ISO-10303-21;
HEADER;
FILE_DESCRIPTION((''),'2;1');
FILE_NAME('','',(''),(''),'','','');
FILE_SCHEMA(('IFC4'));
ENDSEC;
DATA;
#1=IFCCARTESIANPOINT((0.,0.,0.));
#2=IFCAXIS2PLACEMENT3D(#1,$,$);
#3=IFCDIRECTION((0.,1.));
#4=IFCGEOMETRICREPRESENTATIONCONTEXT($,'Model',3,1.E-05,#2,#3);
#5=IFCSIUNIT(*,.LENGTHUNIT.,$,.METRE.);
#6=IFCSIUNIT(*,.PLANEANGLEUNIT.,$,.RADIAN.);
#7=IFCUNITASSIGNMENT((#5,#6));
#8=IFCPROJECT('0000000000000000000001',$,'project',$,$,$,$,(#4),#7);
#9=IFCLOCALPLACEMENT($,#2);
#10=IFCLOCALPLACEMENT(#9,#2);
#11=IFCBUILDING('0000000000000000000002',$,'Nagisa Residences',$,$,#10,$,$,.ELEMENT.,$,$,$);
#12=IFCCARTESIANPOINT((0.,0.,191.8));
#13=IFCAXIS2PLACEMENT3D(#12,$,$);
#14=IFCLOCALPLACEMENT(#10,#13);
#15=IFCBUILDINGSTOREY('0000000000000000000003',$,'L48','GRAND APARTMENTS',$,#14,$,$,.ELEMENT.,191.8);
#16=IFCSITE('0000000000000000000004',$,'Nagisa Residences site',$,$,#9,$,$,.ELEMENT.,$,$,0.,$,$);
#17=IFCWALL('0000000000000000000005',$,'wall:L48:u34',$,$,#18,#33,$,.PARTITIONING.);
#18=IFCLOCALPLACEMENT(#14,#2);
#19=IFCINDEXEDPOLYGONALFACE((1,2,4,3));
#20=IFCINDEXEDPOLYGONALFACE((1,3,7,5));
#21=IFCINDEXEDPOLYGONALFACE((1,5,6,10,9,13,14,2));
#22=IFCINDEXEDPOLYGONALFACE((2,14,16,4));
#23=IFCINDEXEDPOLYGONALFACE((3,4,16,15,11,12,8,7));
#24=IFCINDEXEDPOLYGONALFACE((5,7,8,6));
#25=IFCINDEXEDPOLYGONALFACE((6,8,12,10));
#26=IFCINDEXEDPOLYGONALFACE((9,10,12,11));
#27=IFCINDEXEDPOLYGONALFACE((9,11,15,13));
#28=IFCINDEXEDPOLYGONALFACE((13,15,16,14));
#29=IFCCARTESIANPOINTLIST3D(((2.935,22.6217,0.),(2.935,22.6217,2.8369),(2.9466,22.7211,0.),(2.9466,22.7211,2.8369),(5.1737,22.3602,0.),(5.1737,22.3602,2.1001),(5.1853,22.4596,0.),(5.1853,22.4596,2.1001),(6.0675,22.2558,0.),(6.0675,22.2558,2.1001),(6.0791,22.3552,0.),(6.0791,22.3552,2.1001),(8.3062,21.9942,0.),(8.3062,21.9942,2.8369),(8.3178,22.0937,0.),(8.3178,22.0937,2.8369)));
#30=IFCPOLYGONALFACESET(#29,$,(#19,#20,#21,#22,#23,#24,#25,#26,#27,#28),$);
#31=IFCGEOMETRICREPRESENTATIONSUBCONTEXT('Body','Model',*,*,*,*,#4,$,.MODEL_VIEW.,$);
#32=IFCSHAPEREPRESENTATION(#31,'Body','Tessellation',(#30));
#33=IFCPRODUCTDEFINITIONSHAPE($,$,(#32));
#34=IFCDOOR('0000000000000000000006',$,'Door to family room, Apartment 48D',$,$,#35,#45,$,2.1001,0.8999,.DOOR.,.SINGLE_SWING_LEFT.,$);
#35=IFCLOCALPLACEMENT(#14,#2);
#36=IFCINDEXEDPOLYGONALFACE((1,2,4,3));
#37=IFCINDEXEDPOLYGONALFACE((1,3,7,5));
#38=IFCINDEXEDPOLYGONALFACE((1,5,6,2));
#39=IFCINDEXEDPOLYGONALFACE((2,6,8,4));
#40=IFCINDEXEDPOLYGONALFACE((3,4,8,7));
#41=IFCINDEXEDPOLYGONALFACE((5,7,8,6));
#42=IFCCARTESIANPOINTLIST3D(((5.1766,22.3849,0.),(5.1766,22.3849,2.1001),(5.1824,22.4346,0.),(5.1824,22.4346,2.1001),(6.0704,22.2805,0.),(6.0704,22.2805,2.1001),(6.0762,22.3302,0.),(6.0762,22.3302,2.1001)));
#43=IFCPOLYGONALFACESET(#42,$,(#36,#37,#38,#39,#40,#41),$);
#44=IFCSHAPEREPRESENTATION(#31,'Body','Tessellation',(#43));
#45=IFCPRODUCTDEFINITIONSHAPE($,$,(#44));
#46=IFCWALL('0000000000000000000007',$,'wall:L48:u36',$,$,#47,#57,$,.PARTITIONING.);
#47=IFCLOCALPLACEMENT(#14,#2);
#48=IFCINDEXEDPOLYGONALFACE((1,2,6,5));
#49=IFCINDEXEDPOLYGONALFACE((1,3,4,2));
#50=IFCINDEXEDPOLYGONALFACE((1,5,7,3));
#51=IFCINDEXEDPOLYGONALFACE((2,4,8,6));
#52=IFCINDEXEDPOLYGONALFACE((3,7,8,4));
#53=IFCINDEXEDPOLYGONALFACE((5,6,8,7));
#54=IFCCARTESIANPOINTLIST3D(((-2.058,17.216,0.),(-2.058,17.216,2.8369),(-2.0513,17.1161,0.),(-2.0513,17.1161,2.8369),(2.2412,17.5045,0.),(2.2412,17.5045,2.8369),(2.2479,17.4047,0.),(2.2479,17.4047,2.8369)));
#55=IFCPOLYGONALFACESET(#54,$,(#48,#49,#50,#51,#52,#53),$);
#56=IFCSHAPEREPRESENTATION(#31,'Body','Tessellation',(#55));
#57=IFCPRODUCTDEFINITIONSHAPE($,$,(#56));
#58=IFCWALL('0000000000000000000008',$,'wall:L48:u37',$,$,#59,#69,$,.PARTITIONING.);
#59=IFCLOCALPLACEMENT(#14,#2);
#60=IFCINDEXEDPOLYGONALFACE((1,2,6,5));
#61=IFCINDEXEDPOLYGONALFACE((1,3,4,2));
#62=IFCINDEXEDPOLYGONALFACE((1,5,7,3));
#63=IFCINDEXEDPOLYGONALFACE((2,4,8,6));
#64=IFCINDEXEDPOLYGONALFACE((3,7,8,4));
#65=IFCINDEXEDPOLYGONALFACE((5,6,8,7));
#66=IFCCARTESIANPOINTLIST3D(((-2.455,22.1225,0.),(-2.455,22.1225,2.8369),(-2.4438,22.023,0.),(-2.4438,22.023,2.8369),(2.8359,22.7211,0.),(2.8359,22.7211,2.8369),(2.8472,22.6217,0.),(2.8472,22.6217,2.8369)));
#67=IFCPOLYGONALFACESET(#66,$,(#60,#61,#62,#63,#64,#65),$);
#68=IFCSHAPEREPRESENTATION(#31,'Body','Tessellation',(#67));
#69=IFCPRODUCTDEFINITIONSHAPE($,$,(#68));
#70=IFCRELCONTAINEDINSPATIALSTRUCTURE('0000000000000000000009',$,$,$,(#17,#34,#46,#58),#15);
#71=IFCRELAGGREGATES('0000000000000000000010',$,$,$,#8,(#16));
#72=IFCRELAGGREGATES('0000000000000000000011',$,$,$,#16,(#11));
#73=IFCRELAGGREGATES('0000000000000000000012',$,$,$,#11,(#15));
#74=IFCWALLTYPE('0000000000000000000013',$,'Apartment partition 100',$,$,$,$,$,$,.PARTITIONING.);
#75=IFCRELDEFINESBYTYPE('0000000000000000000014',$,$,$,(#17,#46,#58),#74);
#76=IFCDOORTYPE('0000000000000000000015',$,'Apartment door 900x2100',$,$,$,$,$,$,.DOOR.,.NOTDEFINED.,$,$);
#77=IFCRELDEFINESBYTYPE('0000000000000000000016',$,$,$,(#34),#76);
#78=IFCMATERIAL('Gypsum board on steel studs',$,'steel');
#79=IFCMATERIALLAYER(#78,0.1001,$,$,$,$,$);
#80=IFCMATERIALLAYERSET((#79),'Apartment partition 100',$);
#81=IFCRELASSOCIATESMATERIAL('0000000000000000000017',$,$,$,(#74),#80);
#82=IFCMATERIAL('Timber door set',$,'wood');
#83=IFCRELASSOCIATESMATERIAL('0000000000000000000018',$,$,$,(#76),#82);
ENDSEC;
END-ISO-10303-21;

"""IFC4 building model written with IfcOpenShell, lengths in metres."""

from ifc_helpers import new_model, si_unit, direction, frame, frame_2d, origin, place, context, subcontext, project, spatial, rectangle, extrude, material, layer, layer_set, type_object, element, fill, save


model = new_model("IFC4")

# Units and contexts
model_context = context("Model", 3, precision=1e-05, world=origin(), true_north=direction((0.0, 1.0)))
body_context = subcontext(model_context, "Body", "Model", "MODEL_VIEW")
ifc_project = project(units=[si_unit("LENGTHUNIT", "METRE"), si_unit("PLANEANGLEUNIT", "RADIAN")], contexts=[model_context])

# Site, building, storey
site_placement = place(None, origin())
site = spatial("IfcSite", under=ifc_project, at=site_placement, Name="Nagisa Residences site", CompositionType="ELEMENT", RefElevation=0.0)
building_placement = place(site_placement, origin())
building = spatial("IfcBuilding", under=site, at=building_placement, Name="Nagisa Residences", CompositionType="ELEMENT")
storey_placement = place(building_placement, frame((0.0, 0.0, 191.8)))
storey = spatial("IfcBuildingStorey", under=building, at=storey_placement, Name="L48", Description="GRAND APARTMENTS", CompositionType="ELEMENT", Elevation=191.8)

# Shared definitions
ifc_material_1 = material(Name="Gypsum board on steel studs", Category="steel")
ifc_layer_1 = layer(ifc_material_1, 0.1001)
ifc_layer_set_1 = layer_set([ifc_layer_1], Name="Apartment partition 100")
wall_type_1 = type_object("IfcWallType", Name="Apartment partition 100", PredefinedType="PARTITIONING", material=ifc_layer_set_1)

# Shared definitions
ifc_material_2 = material(Name="Timber door set", Category="wood")
door_type_1 = type_object("IfcDoorType", Name="Apartment door 900x2100", OperationType="NOTDEFINED", PredefinedType="DOOR", material=ifc_material_2)

# Wall, opening, door
wall_1_placement = place(storey_placement, frame((8.312, 22.0439, 0.0), z_axis=(0.0, 0.0, 1.0), x_axis=(-0.993246, 0.116029, 0.0)))
wall_1 = element("IfcWall", 1, at=wall_1_placement, inside=storey, type_object=wall_type_1, Name="wall:L48:u34", PredefinedType="PARTITIONING", context=body_context, shape_type="SweptSolid", body=[
    extrude(rectangle(XDim=5.4077, YDim=0.1001, at=frame_2d((2.7039, 0.0))), origin(), (0.0, 0.0, 1.0), 2.8369),
])
opening_1_placement = place(wall_1_placement, frame((2.2539, 0.0, 0.0)))
opening_1 = element("IfcOpeningElement", 2, at=opening_1_placement, cuts=wall_1, PredefinedType="OPENING", context=body_context, shape_type="SweptSolid", body=[
    extrude(rectangle(XDim=0.8999, YDim=2.1001, at=frame_2d((0.45, 1.05))), frame((0.0, 0.0601, 0.0), z_axis=(0.0, -1.0, 0.0), x_axis=(1.0, 0.0, 0.0)), (0.0, 0.0, 1.0), 0.1201),
])
door_1_placement = place(opening_1_placement, frame((0.8999, 0.0, 0.0), x_axis=(-1.0, 0.0, 0.0)))
door_1 = element("IfcDoor", 3, at=door_1_placement, inside=storey, type_object=door_type_1, Name="Door to family room, Apartment 48D", OperationType="SINGLE_SWING_LEFT", OverallHeight=2.1001, OverallWidth=0.8999, PredefinedType="DOOR", context=body_context, shape_type="SweptSolid", body=[
    extrude(rectangle(XDim=0.8999, YDim=2.1001, at=frame_2d((0.45, 1.05))), frame((0.0, 0.0249, 0.0), z_axis=(0.0, -1.0, 0.0), x_axis=(1.0, 0.0, 0.0)), (0.0, 0.0, 1.0), 0.05),
])
fill(opening_1, door_1)

# Walls
wall_2_placement = place(storey_placement, frame((2.2444, 17.4546, 0.0), z_axis=(0.0, 0.0, 1.0), x_axis=(-0.997755, -0.066974, 0.0)))
element("IfcWall", 4, at=wall_2_placement, inside=storey, type_object=wall_type_1, Name="wall:L48:u36", PredefinedType="PARTITIONING", context=body_context, shape_type="SweptSolid", body=[
    extrude(rectangle(XDim=4.3088, YDim=0.1001, at=frame_2d((2.1543, 0.0))), origin(), (0.0, 0.0, 1.0), 2.8369),
])
wall_3_placement = place(storey_placement, frame((2.8416, 22.6714, 0.0), z_axis=(0.0, 0.0, 1.0), x_axis=(-0.99366, -0.112424, 0.0)))
element("IfcWall", 5, at=wall_3_placement, inside=storey, type_object=wall_type_1, Name="wall:L48:u37", PredefinedType="PARTITIONING", context=body_context, shape_type="SweptSolid", body=[
    extrude(rectangle(XDim=5.3247, YDim=0.1001, at=frame_2d((2.6624, 0.0))), origin(), (0.0, 0.0, 1.0), 2.8369),
])

save(model, "model.ifc")
